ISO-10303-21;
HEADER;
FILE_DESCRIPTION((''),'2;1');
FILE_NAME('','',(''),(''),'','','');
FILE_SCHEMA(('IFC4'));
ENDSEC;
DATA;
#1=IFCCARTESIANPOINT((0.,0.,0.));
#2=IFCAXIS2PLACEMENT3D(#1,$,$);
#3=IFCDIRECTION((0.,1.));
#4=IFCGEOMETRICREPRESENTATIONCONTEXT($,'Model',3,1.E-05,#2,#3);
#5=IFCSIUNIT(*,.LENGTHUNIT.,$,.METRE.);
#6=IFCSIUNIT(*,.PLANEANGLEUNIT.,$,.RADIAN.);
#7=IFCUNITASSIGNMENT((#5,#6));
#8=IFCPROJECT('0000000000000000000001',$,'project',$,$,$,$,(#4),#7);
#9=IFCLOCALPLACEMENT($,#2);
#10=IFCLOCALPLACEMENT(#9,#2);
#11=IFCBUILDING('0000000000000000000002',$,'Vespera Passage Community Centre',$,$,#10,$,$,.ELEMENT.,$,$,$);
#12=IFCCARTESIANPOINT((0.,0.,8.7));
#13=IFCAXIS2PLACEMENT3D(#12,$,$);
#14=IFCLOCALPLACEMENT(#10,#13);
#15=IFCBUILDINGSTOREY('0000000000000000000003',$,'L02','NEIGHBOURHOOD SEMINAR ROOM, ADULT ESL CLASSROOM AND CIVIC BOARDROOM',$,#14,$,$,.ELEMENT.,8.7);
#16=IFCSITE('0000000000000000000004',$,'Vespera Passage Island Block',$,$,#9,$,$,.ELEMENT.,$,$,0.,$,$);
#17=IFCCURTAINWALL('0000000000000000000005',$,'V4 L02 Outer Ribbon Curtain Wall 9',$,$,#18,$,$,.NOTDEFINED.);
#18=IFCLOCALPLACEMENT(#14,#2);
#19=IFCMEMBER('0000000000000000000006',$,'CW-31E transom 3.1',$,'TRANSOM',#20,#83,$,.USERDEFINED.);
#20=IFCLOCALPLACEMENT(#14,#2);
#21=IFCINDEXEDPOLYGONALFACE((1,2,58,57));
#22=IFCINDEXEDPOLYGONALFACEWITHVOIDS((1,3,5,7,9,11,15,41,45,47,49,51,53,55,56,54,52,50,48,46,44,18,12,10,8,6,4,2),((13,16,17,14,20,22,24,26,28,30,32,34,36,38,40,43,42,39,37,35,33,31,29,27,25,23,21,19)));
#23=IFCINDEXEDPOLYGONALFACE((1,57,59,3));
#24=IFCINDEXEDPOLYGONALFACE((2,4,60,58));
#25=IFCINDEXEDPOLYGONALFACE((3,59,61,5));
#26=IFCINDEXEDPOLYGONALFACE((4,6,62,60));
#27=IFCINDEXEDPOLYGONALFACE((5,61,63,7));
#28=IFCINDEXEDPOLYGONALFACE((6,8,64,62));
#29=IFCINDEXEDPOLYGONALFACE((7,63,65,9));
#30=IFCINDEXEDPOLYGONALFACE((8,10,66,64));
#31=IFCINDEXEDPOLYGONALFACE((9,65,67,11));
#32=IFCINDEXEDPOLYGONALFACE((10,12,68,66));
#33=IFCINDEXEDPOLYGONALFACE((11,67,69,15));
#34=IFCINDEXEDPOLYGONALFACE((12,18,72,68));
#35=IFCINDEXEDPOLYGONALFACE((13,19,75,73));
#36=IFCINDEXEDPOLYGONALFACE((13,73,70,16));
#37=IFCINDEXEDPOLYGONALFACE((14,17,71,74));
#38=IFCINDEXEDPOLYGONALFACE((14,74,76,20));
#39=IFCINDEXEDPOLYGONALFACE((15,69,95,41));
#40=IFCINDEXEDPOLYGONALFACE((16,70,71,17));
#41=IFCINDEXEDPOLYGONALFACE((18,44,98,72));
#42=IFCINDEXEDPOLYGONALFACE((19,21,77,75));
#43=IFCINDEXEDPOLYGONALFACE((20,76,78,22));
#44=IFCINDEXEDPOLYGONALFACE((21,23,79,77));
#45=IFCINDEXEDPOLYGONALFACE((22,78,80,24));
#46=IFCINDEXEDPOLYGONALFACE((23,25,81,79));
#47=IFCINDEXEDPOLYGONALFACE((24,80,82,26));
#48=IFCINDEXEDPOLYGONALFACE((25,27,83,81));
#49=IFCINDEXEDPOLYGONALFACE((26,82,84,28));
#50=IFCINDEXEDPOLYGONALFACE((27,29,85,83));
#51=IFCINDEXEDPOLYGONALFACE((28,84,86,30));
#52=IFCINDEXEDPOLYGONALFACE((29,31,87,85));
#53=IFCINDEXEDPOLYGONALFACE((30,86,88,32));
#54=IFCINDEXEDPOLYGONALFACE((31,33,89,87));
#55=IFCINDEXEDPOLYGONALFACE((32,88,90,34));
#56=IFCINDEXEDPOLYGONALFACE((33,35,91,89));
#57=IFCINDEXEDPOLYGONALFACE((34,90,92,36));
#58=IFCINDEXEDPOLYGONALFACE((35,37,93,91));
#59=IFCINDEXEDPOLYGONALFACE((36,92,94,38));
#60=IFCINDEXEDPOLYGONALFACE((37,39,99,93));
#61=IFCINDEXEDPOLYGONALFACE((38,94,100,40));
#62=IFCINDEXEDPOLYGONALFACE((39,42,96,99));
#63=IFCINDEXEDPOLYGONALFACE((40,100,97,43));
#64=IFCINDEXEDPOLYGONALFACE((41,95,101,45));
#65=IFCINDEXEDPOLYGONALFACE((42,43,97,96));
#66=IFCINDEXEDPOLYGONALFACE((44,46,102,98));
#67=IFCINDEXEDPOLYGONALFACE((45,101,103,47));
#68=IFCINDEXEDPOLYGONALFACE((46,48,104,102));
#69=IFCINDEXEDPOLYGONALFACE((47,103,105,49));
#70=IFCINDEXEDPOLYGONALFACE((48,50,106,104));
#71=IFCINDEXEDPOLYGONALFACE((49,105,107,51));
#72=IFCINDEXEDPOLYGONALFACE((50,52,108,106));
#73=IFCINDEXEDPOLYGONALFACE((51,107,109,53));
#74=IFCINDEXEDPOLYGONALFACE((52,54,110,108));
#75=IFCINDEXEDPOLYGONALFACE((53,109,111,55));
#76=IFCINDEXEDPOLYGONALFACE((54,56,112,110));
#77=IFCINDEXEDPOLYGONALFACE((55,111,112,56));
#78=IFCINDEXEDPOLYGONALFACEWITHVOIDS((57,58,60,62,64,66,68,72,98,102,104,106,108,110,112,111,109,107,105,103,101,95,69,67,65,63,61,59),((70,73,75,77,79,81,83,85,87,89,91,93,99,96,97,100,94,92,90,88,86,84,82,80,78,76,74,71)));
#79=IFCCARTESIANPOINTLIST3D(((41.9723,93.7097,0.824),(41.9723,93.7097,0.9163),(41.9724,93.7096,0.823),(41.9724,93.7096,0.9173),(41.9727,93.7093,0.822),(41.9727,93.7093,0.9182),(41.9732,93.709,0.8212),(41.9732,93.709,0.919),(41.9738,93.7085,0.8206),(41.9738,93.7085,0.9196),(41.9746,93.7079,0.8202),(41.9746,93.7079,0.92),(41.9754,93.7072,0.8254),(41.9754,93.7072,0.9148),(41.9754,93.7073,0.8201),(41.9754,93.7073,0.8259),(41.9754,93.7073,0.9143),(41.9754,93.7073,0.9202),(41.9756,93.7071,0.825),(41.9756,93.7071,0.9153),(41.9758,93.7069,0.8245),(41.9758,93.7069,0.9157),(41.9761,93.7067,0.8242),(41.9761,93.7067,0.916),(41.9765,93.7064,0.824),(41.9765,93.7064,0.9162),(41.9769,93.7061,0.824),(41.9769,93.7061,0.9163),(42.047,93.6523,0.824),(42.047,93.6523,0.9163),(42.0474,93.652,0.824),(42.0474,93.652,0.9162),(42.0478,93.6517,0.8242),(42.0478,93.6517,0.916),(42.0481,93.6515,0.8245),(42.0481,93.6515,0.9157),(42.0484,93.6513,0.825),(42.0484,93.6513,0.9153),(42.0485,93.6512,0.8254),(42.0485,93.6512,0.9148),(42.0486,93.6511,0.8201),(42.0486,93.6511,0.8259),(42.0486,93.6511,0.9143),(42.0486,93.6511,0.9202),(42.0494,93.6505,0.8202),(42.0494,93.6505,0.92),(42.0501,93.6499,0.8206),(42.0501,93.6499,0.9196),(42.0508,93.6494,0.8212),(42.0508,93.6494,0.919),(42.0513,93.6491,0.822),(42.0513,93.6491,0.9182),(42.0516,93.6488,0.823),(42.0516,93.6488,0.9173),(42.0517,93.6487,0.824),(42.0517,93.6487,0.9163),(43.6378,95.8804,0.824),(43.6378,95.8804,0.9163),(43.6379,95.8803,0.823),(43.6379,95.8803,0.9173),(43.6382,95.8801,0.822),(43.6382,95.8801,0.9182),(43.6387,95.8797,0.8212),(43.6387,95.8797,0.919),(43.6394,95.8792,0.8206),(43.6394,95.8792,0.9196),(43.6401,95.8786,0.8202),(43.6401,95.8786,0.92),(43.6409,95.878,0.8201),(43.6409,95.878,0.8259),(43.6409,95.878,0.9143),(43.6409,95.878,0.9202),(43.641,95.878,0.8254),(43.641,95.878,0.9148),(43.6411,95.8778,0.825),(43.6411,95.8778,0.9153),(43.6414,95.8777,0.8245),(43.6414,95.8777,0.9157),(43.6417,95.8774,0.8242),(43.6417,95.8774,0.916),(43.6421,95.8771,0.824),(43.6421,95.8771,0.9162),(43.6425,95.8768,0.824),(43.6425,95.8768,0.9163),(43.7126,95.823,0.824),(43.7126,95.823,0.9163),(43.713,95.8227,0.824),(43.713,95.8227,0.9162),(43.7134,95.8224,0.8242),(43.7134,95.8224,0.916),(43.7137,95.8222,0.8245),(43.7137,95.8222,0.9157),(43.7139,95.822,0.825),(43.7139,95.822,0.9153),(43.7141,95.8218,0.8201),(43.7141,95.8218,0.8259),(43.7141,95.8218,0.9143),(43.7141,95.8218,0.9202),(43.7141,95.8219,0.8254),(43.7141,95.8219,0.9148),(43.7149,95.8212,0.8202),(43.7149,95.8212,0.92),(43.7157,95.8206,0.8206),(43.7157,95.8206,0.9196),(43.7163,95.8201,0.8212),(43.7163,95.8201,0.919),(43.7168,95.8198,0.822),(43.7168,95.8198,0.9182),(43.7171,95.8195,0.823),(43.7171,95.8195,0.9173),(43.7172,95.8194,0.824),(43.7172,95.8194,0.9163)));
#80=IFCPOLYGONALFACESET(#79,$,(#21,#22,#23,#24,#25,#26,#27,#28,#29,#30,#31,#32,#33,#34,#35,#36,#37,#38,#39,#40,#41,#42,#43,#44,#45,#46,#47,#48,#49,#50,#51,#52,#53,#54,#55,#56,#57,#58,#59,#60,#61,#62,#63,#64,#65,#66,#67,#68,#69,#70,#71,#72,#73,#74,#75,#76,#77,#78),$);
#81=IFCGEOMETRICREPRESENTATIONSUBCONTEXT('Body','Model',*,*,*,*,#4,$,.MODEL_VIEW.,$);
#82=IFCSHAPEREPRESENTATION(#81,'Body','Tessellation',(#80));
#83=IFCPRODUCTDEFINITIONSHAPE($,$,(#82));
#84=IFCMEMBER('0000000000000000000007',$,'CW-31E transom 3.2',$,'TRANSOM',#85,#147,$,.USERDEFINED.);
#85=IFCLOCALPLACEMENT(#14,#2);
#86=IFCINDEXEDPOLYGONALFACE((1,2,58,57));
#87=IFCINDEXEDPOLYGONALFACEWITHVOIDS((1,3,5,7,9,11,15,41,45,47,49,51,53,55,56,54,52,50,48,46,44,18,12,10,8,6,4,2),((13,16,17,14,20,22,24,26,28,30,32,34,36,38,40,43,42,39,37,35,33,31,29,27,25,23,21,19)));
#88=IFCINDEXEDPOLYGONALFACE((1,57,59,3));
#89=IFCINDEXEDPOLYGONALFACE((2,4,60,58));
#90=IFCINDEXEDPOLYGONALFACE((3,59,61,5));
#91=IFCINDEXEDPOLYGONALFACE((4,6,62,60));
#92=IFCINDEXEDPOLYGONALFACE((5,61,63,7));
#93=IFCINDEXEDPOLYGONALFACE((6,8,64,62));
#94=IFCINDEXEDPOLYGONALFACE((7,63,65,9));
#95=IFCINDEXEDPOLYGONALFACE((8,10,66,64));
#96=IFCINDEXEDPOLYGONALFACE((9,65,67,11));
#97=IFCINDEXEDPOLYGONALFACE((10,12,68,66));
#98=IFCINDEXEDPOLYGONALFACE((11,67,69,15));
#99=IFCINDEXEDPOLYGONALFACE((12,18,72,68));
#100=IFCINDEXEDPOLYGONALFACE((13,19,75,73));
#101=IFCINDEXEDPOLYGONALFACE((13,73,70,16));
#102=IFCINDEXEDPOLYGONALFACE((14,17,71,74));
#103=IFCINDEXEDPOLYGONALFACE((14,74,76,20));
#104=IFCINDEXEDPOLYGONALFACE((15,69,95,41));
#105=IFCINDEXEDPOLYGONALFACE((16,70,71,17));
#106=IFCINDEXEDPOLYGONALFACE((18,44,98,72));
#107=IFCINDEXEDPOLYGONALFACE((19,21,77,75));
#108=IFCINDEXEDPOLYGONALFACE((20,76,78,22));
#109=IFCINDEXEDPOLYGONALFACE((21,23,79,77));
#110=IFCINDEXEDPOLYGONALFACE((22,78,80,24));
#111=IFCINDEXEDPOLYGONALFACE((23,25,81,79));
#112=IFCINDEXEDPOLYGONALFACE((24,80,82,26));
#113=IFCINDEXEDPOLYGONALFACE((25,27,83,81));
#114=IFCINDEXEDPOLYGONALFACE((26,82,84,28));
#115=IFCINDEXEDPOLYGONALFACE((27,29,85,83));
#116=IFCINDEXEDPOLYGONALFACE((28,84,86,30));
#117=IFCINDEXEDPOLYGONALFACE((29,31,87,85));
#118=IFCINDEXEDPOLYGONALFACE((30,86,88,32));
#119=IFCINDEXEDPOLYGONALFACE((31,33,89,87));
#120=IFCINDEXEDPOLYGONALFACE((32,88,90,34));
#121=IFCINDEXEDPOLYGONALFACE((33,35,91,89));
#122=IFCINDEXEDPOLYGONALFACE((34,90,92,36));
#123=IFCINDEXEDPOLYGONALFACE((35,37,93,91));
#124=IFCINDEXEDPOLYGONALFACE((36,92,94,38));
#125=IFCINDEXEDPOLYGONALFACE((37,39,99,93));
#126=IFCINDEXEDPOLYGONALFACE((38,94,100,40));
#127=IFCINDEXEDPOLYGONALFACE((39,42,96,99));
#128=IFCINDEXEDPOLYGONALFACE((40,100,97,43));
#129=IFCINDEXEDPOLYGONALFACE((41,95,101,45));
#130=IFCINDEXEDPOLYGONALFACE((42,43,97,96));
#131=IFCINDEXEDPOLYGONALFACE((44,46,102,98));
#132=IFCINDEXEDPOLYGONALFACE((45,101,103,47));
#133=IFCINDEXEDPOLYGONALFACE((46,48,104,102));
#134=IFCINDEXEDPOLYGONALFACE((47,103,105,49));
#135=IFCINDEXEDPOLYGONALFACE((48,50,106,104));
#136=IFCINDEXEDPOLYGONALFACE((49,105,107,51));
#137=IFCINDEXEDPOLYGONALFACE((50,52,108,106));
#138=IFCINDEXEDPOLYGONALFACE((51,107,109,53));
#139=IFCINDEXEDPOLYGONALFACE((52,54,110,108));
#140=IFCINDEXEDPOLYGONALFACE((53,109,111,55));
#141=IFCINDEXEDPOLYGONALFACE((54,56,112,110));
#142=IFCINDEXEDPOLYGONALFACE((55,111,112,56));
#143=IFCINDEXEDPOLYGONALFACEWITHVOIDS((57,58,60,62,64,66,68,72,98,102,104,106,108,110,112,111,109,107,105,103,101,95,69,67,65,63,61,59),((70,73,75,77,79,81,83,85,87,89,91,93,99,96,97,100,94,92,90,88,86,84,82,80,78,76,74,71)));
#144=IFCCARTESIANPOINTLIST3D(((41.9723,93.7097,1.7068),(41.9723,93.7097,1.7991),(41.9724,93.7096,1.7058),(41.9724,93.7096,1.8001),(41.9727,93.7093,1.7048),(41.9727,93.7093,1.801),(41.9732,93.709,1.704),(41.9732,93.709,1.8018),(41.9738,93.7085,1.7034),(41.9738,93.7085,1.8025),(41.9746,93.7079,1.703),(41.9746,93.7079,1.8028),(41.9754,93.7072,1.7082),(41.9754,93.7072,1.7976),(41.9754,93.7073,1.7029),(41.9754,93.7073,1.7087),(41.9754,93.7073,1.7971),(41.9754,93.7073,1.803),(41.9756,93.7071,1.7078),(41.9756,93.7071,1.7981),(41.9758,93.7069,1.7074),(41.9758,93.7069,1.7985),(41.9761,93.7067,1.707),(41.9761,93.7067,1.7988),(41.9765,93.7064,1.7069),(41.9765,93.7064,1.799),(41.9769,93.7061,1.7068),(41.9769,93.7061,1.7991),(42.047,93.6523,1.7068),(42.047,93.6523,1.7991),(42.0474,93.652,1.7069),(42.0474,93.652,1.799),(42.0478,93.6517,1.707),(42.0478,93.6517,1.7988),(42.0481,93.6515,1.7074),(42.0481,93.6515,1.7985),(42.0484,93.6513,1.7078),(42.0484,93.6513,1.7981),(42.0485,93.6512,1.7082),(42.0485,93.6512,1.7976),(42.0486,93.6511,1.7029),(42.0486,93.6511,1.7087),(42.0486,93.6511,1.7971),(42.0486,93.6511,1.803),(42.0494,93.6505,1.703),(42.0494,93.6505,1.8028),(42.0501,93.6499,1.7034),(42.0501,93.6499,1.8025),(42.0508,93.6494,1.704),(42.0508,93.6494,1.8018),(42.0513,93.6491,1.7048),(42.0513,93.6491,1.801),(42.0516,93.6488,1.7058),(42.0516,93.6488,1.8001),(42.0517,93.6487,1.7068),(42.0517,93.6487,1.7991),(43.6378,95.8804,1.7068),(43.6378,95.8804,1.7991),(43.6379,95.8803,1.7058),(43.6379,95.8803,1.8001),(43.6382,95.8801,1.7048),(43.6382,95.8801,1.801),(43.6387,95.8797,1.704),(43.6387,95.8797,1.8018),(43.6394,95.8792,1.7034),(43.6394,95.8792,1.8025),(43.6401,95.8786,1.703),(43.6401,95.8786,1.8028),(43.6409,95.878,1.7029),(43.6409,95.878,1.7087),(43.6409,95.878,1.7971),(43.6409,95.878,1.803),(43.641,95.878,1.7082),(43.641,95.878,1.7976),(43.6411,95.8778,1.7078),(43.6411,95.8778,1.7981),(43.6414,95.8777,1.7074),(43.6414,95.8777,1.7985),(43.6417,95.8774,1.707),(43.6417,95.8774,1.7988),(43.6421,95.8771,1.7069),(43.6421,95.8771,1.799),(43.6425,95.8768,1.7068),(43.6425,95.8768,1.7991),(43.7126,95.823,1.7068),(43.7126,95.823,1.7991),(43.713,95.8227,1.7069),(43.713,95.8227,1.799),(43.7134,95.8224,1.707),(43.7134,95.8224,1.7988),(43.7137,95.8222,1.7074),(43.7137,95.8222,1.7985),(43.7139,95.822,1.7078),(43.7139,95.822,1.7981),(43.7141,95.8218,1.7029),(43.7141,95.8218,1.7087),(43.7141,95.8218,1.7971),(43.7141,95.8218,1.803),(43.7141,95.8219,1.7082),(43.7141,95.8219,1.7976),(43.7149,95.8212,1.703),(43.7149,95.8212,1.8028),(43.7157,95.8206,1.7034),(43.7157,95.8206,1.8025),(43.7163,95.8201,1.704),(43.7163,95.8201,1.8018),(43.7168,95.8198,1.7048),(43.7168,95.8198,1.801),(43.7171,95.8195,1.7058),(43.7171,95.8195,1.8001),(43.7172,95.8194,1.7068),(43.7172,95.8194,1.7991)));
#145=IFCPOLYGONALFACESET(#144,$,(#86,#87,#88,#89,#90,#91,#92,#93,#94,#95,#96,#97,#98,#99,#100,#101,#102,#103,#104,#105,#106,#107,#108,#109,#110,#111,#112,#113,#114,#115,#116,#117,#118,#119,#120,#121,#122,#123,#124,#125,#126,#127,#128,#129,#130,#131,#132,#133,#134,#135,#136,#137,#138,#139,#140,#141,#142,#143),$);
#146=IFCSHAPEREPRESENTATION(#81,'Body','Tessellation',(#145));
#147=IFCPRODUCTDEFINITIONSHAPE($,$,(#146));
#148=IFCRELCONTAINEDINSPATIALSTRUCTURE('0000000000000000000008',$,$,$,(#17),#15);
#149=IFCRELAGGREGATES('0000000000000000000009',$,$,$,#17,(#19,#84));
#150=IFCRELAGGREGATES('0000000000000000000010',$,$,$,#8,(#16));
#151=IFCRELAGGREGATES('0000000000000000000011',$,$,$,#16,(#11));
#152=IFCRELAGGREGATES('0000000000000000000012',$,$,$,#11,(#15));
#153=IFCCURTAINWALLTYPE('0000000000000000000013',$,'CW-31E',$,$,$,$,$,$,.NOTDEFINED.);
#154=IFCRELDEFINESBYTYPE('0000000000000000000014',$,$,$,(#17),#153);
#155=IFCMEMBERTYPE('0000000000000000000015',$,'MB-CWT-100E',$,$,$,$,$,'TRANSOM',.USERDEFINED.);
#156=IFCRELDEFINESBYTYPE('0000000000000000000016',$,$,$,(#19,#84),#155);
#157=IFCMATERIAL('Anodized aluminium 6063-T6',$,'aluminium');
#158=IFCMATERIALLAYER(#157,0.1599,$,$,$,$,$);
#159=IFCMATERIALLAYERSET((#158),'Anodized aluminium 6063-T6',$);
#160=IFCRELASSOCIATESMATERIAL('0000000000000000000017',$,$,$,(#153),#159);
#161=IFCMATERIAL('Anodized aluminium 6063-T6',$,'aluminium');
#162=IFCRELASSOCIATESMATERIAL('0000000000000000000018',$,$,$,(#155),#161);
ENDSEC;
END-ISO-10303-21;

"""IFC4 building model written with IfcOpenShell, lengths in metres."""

from ifc_helpers import new_model, si_unit, direction, frame, origin, origin_2d, place, context, subcontext, project, spatial, hollow_rectangle, extrude, material, layer, layer_set, material_profile, profile_set, type_object, element, aggregate, save


model = new_model("IFC4")

# Units and contexts
model_context = context("Model", 3, precision=1e-05, world=origin(), true_north=direction((0.0, 1.0)))
body_context = subcontext(model_context, "Body", "Model", "MODEL_VIEW")
ifc_project = project(units=[si_unit("LENGTHUNIT", "METRE"), si_unit("PLANEANGLEUNIT", "RADIAN")], contexts=[model_context])

# Site, building, storey
site_placement = place(None, origin())
site = spatial("IfcSite", under=ifc_project, at=site_placement, Name="Vespera Passage Island Block", CompositionType="ELEMENT", RefElevation=0.0)
building_placement = place(site_placement, origin())
building = spatial("IfcBuilding", under=site, at=building_placement, Name="Vespera Passage Community Centre", CompositionType="ELEMENT")
storey_placement = place(building_placement, frame((0.0, 0.0, 8.7)))
storey = spatial("IfcBuildingStorey", under=building, at=storey_placement, Name="L02", Description="NEIGHBOURHOOD SEMINAR ROOM, ADULT ESL CLASSROOM AND CIVIC BOARDROOM", CompositionType="ELEMENT", Elevation=8.7)

# Curtain wall
ifc_material_1 = material(Name="Anodized aluminium 6063-T6", Category="aluminium")
ifc_layer_1 = layer(ifc_material_1, 0.1599)
ifc_layer_set_1 = layer_set([ifc_layer_1], Name="Anodized aluminium 6063-T6")
curtain_wall_type_1 = type_object("IfcCurtainWallType", Name="CW-31E", PredefinedType="NOTDEFINED", material=ifc_layer_set_1)
curtain_wall_1_placement = place(storey_placement, origin())
curtain_wall_1 = element("IfcCurtainWall", 1, at=curtain_wall_1_placement, inside=storey, type_object=curtain_wall_type_1, Name="V4 L02 Outer Ribbon Curtain Wall 9", PredefinedType="NOTDEFINED")

# Members
ifc_material_2 = material(Name="Anodized aluminium 6063-T6", Category="aluminium")
ifc_material_profile_1 = material_profile(ifc_material_2, hollow_rectangle(XDim=0.1001, YDim=0.1001, WallThickness=0.0039, InnerFilletRadius=0.002, OuterFilletRadius=0.0039, at=origin_2d()), Name="ALU100X100X4")
ifc_profile_set_1 = profile_set([ifc_material_profile_1], Name="Anodized aluminium 6063-T6")
member_type_1 = type_object("IfcMemberType", Name="MB-CWT-100E", ElementType="TRANSOM", PredefinedType="USERDEFINED", material=ifc_profile_set_1)
member_1_placement = place(storey_placement, frame((42.012, 93.6792, 0.8701), z_axis=(0.608744, 0.793366, 0.0), x_axis=(-0.793366, 0.608744, 0.0)))
member_1 = element("IfcMember", 2, at=member_1_placement, type_object=member_type_1, Name="CW-31E transom 3.1", ObjectType="TRANSOM", PredefinedType="USERDEFINED", context=body_context, shape_type="SweptSolid", body=[
    extrude(hollow_rectangle(XDim=0.1001, YDim=0.1001, WallThickness=0.0039, InnerFilletRadius=0.002, OuterFilletRadius=0.0039, at=origin_2d()), origin(), (0.0, 0.0, 1.0), 2.7361),
])
member_2_placement = place(storey_placement, frame((42.012, 93.6792, 1.7529), z_axis=(0.608744, 0.793366, 0.0), x_axis=(-0.793366, 0.608744, 0.0)))
member_2 = element("IfcMember", 3, at=member_2_placement, type_object=member_type_1, Name="CW-31E transom 3.2", ObjectType="TRANSOM", PredefinedType="USERDEFINED", context=body_context, shape_type="SweptSolid", body=[
    extrude(hollow_rectangle(XDim=0.1001, YDim=0.1001, WallThickness=0.0039, InnerFilletRadius=0.002, OuterFilletRadius=0.0039, at=origin_2d()), origin(), (0.0, 0.0, 1.0), 2.7361),
])

aggregate(curtain_wall_1, [member_1, member_2])

save(model, "model.ifc")
